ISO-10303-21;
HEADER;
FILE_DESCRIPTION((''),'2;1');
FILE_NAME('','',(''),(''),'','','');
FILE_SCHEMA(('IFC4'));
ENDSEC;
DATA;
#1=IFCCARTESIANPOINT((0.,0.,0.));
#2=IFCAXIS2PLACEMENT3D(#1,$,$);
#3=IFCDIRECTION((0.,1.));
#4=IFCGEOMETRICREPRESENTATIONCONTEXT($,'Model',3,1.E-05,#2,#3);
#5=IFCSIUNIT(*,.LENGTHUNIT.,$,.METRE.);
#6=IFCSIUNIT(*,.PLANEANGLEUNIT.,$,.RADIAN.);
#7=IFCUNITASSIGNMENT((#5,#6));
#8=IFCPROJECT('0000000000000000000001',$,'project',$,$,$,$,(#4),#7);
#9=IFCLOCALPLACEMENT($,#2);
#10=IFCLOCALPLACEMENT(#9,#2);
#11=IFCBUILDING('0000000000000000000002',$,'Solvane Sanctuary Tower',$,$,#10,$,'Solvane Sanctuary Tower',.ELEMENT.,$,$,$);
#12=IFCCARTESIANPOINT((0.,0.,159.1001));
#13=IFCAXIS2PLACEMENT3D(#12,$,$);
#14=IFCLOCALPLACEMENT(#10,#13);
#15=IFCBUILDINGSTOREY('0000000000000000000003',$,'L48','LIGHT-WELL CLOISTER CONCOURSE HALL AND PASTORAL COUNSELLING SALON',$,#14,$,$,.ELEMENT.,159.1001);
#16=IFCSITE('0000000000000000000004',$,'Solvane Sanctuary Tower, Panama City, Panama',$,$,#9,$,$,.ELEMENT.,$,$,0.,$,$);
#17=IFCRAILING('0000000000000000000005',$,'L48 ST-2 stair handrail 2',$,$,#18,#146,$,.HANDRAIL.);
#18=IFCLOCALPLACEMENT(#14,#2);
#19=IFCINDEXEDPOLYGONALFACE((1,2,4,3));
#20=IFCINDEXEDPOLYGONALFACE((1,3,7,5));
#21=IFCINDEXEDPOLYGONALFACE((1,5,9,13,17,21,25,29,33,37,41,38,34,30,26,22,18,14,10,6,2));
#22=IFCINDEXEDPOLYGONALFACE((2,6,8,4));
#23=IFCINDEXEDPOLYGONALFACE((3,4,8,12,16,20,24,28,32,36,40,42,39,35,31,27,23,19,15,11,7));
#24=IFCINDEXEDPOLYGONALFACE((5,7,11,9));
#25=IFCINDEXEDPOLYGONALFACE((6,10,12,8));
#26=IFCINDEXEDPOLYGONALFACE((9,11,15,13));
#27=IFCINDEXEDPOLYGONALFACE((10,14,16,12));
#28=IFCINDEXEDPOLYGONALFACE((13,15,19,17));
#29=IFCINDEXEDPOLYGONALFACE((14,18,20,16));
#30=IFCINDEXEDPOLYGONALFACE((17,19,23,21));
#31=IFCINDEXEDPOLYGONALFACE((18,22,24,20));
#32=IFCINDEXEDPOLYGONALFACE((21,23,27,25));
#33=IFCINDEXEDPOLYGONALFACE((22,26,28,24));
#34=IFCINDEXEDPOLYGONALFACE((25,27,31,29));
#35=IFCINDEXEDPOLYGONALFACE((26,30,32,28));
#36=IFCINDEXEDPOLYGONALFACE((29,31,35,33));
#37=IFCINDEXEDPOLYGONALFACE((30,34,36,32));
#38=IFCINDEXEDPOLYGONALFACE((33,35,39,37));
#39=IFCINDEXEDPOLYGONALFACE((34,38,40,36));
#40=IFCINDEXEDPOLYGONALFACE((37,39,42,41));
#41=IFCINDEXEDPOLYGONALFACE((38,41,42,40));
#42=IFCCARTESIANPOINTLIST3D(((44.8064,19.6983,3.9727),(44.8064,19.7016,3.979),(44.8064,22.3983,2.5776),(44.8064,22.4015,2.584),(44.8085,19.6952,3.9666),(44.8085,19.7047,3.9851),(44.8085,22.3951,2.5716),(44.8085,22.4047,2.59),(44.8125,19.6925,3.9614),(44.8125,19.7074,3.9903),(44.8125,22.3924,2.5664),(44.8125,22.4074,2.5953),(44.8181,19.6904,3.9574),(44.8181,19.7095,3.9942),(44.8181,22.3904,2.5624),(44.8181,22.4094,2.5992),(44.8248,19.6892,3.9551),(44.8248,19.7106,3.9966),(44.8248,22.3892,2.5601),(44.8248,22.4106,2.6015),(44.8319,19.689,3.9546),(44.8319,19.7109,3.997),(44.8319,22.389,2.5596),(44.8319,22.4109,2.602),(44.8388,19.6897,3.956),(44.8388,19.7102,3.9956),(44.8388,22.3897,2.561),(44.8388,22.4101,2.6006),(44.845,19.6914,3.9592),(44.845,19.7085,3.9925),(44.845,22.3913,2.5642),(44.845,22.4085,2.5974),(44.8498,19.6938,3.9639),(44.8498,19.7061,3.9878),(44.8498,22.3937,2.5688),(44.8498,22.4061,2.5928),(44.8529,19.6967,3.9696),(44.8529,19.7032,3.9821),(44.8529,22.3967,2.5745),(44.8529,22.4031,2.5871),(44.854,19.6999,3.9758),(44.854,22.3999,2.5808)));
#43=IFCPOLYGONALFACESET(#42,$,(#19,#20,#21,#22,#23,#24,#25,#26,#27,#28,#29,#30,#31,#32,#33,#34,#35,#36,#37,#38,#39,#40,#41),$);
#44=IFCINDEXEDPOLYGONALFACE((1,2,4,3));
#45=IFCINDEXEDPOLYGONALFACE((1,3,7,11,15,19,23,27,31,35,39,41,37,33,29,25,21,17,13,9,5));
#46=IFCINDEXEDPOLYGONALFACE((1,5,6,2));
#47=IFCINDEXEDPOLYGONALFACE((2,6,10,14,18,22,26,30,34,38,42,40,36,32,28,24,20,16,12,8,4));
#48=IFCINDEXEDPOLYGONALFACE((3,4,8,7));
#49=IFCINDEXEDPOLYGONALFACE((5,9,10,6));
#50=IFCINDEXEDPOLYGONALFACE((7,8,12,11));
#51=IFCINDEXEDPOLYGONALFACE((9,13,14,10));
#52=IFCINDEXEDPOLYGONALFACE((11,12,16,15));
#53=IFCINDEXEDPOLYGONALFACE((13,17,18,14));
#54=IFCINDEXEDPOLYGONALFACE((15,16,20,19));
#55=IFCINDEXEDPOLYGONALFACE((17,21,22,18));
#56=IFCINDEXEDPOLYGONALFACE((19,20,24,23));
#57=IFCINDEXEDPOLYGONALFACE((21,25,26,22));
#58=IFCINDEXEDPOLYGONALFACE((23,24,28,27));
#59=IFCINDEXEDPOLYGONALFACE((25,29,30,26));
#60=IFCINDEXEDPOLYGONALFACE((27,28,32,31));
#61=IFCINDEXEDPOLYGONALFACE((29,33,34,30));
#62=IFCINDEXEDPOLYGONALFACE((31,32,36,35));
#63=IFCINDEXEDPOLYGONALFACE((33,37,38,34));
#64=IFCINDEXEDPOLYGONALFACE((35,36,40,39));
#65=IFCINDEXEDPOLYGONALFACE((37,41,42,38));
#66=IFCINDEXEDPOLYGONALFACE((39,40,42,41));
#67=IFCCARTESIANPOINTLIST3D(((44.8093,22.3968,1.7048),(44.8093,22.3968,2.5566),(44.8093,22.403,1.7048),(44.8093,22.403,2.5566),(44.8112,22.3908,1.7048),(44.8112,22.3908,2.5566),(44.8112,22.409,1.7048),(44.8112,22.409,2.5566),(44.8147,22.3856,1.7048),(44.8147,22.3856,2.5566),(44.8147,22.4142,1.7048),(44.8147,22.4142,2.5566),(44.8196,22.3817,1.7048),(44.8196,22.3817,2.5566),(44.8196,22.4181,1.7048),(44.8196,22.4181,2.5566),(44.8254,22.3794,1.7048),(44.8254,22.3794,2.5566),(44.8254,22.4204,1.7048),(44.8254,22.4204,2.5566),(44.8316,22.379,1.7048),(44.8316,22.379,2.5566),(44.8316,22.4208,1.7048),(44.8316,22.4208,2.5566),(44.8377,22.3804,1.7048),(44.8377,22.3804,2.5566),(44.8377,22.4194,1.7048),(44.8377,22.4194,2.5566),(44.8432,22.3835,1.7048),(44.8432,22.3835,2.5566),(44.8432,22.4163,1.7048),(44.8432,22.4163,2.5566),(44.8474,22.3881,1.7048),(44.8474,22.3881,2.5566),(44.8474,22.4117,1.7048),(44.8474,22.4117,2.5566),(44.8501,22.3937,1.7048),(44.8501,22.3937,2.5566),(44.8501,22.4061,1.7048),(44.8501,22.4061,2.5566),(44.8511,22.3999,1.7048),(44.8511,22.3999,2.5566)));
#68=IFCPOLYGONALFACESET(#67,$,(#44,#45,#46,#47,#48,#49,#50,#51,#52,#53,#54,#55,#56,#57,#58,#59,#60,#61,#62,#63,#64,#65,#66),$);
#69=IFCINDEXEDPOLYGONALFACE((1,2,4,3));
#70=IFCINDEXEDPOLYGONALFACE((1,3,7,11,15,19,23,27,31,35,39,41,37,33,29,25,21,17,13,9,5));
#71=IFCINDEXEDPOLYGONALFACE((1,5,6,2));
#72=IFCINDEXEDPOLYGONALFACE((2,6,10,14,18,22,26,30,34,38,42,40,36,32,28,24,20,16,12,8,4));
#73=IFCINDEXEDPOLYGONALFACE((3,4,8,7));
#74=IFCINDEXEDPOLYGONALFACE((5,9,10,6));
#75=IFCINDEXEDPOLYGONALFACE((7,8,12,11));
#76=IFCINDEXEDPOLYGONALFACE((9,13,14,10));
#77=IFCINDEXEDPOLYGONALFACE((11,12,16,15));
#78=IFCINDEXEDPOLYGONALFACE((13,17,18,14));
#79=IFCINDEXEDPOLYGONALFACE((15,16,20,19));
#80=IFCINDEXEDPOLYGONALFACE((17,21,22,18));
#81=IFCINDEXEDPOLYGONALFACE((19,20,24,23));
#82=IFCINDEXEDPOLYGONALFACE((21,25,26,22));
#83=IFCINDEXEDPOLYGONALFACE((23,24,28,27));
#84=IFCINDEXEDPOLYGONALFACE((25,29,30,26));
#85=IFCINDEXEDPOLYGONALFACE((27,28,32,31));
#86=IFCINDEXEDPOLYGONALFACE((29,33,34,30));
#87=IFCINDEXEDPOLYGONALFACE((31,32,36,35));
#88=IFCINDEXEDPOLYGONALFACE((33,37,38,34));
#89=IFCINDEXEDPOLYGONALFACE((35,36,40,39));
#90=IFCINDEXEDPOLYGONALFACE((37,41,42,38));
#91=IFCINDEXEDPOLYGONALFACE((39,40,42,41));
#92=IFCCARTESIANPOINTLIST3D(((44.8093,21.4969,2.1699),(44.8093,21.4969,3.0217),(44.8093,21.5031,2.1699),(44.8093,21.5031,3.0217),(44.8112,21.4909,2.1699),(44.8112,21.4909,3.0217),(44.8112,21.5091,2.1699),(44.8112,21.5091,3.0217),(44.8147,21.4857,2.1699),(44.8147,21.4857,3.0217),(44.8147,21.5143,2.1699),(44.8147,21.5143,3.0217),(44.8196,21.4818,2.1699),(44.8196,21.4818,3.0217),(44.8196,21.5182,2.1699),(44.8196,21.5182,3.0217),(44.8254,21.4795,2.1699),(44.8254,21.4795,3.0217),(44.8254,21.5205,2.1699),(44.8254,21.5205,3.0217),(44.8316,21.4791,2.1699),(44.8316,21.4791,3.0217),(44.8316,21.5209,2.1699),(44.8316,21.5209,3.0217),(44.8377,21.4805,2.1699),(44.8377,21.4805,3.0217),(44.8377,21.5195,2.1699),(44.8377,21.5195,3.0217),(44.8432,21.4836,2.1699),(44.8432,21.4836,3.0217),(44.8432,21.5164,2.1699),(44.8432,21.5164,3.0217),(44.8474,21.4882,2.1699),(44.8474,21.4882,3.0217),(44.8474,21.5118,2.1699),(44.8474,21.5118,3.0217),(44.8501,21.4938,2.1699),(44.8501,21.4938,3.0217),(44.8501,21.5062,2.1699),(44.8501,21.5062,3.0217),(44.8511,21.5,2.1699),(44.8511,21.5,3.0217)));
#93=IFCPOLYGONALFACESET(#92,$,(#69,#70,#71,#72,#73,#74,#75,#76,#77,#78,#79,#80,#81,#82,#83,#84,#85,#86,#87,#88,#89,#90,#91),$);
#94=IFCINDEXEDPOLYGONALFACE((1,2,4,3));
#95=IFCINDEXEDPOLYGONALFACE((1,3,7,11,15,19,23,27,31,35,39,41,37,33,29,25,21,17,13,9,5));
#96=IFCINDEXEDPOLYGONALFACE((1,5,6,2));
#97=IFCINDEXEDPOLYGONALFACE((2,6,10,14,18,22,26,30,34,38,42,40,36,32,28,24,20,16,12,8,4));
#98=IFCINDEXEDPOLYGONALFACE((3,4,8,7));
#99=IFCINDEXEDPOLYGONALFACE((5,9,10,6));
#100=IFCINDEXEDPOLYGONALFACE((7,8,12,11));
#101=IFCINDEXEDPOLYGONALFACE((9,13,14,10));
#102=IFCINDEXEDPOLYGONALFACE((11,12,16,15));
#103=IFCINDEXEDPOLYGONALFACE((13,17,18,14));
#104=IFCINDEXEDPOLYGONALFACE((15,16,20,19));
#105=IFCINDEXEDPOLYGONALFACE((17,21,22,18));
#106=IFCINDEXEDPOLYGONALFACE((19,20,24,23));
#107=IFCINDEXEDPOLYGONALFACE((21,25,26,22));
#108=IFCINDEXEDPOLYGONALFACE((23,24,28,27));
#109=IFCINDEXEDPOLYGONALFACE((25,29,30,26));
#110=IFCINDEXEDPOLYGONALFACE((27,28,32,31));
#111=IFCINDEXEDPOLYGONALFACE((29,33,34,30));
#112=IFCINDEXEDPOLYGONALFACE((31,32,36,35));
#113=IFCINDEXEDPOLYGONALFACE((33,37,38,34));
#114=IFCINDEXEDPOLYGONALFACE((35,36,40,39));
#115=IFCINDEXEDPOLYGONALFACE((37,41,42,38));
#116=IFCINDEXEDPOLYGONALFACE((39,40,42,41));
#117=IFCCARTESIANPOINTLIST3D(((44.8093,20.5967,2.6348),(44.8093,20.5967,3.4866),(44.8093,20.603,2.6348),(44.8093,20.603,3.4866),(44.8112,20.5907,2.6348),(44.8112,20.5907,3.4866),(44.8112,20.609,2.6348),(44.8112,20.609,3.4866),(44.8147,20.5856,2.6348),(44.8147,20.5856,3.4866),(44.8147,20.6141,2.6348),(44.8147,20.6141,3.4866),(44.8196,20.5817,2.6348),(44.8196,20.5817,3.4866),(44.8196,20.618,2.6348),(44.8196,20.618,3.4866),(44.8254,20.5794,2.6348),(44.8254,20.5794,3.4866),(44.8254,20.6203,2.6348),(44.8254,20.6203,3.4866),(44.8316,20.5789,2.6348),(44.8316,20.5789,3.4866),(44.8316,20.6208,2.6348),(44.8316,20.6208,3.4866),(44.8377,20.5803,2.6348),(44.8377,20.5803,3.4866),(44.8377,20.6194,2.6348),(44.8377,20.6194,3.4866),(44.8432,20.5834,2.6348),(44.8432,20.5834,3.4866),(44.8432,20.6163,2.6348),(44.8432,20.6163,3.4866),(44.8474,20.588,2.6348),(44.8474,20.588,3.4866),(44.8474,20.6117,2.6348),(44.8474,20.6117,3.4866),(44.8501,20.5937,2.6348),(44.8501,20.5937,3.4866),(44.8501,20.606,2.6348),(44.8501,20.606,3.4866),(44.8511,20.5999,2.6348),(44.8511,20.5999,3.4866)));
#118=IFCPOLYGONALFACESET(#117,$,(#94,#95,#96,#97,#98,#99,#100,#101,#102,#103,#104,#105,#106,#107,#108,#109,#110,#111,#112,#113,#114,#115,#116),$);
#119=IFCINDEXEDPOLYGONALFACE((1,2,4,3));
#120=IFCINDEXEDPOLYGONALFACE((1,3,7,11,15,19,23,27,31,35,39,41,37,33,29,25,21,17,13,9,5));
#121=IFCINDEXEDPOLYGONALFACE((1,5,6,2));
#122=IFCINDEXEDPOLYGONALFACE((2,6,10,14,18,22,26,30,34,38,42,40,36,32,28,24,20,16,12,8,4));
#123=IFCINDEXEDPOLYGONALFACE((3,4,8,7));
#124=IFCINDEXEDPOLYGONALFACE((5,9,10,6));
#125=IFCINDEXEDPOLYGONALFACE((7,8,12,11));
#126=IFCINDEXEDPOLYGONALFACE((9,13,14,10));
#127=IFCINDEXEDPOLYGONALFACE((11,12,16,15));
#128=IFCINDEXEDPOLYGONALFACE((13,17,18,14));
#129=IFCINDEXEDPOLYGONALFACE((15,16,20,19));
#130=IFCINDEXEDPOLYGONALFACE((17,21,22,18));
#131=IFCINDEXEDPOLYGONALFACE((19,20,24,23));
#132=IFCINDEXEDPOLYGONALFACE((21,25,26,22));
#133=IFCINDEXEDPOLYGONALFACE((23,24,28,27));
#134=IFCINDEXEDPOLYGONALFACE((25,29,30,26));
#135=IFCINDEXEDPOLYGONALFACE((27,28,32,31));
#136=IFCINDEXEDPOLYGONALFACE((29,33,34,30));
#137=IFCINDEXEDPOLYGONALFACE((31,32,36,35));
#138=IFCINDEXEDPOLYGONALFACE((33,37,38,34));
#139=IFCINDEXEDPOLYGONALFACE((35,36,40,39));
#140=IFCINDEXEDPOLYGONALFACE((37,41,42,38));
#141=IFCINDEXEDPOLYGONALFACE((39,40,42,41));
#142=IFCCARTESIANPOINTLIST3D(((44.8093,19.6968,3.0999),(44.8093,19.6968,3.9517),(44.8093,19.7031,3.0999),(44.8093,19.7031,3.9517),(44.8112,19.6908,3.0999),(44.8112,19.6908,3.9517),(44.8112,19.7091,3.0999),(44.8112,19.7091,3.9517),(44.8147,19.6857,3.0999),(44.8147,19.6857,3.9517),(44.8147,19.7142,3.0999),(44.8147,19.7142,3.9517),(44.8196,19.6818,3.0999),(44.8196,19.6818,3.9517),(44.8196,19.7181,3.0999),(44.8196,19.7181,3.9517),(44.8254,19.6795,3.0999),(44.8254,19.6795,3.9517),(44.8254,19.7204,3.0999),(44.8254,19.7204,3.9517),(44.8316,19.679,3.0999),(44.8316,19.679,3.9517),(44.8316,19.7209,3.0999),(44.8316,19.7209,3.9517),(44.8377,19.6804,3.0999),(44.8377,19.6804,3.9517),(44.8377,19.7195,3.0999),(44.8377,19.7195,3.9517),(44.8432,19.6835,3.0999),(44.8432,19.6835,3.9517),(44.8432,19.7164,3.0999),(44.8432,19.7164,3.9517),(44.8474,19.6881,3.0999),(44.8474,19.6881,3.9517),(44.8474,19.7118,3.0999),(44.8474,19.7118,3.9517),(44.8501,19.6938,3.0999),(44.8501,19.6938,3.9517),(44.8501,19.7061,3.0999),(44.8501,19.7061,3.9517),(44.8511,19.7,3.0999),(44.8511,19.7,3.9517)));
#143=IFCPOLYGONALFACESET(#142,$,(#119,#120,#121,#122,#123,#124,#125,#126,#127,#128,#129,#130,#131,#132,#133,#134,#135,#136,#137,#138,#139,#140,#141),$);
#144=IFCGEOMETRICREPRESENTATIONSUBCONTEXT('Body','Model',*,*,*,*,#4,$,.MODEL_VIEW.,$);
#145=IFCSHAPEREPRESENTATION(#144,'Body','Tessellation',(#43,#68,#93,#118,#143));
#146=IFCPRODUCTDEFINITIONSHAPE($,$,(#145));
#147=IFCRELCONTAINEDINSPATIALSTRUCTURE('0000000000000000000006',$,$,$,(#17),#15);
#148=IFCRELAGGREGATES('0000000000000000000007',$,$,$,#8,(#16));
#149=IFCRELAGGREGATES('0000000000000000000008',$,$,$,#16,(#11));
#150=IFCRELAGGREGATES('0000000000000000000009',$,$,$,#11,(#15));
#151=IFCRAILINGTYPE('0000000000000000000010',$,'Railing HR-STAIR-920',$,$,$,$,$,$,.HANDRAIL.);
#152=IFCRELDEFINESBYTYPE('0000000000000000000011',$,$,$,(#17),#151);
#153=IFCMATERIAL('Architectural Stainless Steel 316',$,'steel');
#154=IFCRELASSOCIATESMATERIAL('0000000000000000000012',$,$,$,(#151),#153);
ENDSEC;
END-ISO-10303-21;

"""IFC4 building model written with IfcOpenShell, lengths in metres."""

from ifc_helpers import new_model, si_unit, direction, frame, origin, origin_2d, place, context, subcontext, project, spatial, circle, extrude, material, type_object, element, save


model = new_model("IFC4")

# Units and contexts
model_context = context("Model", 3, precision=1e-05, world=origin(), true_north=direction((0.0, 1.0)))
body_context = subcontext(model_context, "Body", "Model", "MODEL_VIEW")
ifc_project = project(units=[si_unit("LENGTHUNIT", "METRE"), si_unit("PLANEANGLEUNIT", "RADIAN")], contexts=[model_context])

# Site, building, storey
site_placement = place(None, origin())
site = spatial("IfcSite", under=ifc_project, at=site_placement, Name="Solvane Sanctuary Tower, Panama City, Panama", CompositionType="ELEMENT", RefElevation=0.0)
building_placement = place(site_placement, origin())
building = spatial("IfcBuilding", under=site, at=building_placement, Name="Solvane Sanctuary Tower", LongName="Solvane Sanctuary Tower", CompositionType="ELEMENT")
storey_placement = place(building_placement, frame((0.0, 0.0, 159.1001)))
storey = spatial("IfcBuildingStorey", under=building, at=storey_placement, Name="L48", Description="LIGHT-WELL CLOISTER CONCOURSE HALL AND PASTORAL COUNSELLING SALON", CompositionType="ELEMENT", Elevation=159.1001)

# Shared definitions
ifc_material_1 = material(Name="Architectural Stainless Steel 316", Category="steel")

# Railing
railing_type_1 = type_object("IfcRailingType", Name="Railing HR-STAIR-920", PredefinedType="HANDRAIL", material=ifc_material_1)
railing_1_placement = place(storey_placement, frame((44.8301, 22.3999, 1.7048)))
element("IfcRailing", 1, at=railing_1_placement, inside=storey, type_object=railing_type_1, Name="L48 ST-2 stair handrail 2", PredefinedType="HANDRAIL", context=body_context, shape_type="SweptSolid", body=[
    extrude(circle(Radius=0.0239, at=origin_2d()), frame((0.0, 0.0, 0.876), z_axis=(0.0, -0.88842, 0.459032), x_axis=(1.0, 0.0, 0.0)), (0.0, 0.0, 1.0), 3.0391),
    extrude(circle(Radius=0.021, at=origin_2d()), origin(), (0.0, 0.0, 1.0), 0.8518),
    extrude(circle(Radius=0.021, at=origin_2d()), frame((0.0, -0.8999, 0.4651)), (0.0, 0.0, 1.0), 0.8518),
    extrude(circle(Radius=0.021, at=origin_2d()), frame((0.0, -1.8, 0.9299)), (0.0, 0.0, 1.0), 0.8518),
    extrude(circle(Radius=0.021, at=origin_2d()), frame((0.0, -2.7, 1.395)), (0.0, 0.0, 1.0), 0.8518),
])

save(model, "model.ifc")
